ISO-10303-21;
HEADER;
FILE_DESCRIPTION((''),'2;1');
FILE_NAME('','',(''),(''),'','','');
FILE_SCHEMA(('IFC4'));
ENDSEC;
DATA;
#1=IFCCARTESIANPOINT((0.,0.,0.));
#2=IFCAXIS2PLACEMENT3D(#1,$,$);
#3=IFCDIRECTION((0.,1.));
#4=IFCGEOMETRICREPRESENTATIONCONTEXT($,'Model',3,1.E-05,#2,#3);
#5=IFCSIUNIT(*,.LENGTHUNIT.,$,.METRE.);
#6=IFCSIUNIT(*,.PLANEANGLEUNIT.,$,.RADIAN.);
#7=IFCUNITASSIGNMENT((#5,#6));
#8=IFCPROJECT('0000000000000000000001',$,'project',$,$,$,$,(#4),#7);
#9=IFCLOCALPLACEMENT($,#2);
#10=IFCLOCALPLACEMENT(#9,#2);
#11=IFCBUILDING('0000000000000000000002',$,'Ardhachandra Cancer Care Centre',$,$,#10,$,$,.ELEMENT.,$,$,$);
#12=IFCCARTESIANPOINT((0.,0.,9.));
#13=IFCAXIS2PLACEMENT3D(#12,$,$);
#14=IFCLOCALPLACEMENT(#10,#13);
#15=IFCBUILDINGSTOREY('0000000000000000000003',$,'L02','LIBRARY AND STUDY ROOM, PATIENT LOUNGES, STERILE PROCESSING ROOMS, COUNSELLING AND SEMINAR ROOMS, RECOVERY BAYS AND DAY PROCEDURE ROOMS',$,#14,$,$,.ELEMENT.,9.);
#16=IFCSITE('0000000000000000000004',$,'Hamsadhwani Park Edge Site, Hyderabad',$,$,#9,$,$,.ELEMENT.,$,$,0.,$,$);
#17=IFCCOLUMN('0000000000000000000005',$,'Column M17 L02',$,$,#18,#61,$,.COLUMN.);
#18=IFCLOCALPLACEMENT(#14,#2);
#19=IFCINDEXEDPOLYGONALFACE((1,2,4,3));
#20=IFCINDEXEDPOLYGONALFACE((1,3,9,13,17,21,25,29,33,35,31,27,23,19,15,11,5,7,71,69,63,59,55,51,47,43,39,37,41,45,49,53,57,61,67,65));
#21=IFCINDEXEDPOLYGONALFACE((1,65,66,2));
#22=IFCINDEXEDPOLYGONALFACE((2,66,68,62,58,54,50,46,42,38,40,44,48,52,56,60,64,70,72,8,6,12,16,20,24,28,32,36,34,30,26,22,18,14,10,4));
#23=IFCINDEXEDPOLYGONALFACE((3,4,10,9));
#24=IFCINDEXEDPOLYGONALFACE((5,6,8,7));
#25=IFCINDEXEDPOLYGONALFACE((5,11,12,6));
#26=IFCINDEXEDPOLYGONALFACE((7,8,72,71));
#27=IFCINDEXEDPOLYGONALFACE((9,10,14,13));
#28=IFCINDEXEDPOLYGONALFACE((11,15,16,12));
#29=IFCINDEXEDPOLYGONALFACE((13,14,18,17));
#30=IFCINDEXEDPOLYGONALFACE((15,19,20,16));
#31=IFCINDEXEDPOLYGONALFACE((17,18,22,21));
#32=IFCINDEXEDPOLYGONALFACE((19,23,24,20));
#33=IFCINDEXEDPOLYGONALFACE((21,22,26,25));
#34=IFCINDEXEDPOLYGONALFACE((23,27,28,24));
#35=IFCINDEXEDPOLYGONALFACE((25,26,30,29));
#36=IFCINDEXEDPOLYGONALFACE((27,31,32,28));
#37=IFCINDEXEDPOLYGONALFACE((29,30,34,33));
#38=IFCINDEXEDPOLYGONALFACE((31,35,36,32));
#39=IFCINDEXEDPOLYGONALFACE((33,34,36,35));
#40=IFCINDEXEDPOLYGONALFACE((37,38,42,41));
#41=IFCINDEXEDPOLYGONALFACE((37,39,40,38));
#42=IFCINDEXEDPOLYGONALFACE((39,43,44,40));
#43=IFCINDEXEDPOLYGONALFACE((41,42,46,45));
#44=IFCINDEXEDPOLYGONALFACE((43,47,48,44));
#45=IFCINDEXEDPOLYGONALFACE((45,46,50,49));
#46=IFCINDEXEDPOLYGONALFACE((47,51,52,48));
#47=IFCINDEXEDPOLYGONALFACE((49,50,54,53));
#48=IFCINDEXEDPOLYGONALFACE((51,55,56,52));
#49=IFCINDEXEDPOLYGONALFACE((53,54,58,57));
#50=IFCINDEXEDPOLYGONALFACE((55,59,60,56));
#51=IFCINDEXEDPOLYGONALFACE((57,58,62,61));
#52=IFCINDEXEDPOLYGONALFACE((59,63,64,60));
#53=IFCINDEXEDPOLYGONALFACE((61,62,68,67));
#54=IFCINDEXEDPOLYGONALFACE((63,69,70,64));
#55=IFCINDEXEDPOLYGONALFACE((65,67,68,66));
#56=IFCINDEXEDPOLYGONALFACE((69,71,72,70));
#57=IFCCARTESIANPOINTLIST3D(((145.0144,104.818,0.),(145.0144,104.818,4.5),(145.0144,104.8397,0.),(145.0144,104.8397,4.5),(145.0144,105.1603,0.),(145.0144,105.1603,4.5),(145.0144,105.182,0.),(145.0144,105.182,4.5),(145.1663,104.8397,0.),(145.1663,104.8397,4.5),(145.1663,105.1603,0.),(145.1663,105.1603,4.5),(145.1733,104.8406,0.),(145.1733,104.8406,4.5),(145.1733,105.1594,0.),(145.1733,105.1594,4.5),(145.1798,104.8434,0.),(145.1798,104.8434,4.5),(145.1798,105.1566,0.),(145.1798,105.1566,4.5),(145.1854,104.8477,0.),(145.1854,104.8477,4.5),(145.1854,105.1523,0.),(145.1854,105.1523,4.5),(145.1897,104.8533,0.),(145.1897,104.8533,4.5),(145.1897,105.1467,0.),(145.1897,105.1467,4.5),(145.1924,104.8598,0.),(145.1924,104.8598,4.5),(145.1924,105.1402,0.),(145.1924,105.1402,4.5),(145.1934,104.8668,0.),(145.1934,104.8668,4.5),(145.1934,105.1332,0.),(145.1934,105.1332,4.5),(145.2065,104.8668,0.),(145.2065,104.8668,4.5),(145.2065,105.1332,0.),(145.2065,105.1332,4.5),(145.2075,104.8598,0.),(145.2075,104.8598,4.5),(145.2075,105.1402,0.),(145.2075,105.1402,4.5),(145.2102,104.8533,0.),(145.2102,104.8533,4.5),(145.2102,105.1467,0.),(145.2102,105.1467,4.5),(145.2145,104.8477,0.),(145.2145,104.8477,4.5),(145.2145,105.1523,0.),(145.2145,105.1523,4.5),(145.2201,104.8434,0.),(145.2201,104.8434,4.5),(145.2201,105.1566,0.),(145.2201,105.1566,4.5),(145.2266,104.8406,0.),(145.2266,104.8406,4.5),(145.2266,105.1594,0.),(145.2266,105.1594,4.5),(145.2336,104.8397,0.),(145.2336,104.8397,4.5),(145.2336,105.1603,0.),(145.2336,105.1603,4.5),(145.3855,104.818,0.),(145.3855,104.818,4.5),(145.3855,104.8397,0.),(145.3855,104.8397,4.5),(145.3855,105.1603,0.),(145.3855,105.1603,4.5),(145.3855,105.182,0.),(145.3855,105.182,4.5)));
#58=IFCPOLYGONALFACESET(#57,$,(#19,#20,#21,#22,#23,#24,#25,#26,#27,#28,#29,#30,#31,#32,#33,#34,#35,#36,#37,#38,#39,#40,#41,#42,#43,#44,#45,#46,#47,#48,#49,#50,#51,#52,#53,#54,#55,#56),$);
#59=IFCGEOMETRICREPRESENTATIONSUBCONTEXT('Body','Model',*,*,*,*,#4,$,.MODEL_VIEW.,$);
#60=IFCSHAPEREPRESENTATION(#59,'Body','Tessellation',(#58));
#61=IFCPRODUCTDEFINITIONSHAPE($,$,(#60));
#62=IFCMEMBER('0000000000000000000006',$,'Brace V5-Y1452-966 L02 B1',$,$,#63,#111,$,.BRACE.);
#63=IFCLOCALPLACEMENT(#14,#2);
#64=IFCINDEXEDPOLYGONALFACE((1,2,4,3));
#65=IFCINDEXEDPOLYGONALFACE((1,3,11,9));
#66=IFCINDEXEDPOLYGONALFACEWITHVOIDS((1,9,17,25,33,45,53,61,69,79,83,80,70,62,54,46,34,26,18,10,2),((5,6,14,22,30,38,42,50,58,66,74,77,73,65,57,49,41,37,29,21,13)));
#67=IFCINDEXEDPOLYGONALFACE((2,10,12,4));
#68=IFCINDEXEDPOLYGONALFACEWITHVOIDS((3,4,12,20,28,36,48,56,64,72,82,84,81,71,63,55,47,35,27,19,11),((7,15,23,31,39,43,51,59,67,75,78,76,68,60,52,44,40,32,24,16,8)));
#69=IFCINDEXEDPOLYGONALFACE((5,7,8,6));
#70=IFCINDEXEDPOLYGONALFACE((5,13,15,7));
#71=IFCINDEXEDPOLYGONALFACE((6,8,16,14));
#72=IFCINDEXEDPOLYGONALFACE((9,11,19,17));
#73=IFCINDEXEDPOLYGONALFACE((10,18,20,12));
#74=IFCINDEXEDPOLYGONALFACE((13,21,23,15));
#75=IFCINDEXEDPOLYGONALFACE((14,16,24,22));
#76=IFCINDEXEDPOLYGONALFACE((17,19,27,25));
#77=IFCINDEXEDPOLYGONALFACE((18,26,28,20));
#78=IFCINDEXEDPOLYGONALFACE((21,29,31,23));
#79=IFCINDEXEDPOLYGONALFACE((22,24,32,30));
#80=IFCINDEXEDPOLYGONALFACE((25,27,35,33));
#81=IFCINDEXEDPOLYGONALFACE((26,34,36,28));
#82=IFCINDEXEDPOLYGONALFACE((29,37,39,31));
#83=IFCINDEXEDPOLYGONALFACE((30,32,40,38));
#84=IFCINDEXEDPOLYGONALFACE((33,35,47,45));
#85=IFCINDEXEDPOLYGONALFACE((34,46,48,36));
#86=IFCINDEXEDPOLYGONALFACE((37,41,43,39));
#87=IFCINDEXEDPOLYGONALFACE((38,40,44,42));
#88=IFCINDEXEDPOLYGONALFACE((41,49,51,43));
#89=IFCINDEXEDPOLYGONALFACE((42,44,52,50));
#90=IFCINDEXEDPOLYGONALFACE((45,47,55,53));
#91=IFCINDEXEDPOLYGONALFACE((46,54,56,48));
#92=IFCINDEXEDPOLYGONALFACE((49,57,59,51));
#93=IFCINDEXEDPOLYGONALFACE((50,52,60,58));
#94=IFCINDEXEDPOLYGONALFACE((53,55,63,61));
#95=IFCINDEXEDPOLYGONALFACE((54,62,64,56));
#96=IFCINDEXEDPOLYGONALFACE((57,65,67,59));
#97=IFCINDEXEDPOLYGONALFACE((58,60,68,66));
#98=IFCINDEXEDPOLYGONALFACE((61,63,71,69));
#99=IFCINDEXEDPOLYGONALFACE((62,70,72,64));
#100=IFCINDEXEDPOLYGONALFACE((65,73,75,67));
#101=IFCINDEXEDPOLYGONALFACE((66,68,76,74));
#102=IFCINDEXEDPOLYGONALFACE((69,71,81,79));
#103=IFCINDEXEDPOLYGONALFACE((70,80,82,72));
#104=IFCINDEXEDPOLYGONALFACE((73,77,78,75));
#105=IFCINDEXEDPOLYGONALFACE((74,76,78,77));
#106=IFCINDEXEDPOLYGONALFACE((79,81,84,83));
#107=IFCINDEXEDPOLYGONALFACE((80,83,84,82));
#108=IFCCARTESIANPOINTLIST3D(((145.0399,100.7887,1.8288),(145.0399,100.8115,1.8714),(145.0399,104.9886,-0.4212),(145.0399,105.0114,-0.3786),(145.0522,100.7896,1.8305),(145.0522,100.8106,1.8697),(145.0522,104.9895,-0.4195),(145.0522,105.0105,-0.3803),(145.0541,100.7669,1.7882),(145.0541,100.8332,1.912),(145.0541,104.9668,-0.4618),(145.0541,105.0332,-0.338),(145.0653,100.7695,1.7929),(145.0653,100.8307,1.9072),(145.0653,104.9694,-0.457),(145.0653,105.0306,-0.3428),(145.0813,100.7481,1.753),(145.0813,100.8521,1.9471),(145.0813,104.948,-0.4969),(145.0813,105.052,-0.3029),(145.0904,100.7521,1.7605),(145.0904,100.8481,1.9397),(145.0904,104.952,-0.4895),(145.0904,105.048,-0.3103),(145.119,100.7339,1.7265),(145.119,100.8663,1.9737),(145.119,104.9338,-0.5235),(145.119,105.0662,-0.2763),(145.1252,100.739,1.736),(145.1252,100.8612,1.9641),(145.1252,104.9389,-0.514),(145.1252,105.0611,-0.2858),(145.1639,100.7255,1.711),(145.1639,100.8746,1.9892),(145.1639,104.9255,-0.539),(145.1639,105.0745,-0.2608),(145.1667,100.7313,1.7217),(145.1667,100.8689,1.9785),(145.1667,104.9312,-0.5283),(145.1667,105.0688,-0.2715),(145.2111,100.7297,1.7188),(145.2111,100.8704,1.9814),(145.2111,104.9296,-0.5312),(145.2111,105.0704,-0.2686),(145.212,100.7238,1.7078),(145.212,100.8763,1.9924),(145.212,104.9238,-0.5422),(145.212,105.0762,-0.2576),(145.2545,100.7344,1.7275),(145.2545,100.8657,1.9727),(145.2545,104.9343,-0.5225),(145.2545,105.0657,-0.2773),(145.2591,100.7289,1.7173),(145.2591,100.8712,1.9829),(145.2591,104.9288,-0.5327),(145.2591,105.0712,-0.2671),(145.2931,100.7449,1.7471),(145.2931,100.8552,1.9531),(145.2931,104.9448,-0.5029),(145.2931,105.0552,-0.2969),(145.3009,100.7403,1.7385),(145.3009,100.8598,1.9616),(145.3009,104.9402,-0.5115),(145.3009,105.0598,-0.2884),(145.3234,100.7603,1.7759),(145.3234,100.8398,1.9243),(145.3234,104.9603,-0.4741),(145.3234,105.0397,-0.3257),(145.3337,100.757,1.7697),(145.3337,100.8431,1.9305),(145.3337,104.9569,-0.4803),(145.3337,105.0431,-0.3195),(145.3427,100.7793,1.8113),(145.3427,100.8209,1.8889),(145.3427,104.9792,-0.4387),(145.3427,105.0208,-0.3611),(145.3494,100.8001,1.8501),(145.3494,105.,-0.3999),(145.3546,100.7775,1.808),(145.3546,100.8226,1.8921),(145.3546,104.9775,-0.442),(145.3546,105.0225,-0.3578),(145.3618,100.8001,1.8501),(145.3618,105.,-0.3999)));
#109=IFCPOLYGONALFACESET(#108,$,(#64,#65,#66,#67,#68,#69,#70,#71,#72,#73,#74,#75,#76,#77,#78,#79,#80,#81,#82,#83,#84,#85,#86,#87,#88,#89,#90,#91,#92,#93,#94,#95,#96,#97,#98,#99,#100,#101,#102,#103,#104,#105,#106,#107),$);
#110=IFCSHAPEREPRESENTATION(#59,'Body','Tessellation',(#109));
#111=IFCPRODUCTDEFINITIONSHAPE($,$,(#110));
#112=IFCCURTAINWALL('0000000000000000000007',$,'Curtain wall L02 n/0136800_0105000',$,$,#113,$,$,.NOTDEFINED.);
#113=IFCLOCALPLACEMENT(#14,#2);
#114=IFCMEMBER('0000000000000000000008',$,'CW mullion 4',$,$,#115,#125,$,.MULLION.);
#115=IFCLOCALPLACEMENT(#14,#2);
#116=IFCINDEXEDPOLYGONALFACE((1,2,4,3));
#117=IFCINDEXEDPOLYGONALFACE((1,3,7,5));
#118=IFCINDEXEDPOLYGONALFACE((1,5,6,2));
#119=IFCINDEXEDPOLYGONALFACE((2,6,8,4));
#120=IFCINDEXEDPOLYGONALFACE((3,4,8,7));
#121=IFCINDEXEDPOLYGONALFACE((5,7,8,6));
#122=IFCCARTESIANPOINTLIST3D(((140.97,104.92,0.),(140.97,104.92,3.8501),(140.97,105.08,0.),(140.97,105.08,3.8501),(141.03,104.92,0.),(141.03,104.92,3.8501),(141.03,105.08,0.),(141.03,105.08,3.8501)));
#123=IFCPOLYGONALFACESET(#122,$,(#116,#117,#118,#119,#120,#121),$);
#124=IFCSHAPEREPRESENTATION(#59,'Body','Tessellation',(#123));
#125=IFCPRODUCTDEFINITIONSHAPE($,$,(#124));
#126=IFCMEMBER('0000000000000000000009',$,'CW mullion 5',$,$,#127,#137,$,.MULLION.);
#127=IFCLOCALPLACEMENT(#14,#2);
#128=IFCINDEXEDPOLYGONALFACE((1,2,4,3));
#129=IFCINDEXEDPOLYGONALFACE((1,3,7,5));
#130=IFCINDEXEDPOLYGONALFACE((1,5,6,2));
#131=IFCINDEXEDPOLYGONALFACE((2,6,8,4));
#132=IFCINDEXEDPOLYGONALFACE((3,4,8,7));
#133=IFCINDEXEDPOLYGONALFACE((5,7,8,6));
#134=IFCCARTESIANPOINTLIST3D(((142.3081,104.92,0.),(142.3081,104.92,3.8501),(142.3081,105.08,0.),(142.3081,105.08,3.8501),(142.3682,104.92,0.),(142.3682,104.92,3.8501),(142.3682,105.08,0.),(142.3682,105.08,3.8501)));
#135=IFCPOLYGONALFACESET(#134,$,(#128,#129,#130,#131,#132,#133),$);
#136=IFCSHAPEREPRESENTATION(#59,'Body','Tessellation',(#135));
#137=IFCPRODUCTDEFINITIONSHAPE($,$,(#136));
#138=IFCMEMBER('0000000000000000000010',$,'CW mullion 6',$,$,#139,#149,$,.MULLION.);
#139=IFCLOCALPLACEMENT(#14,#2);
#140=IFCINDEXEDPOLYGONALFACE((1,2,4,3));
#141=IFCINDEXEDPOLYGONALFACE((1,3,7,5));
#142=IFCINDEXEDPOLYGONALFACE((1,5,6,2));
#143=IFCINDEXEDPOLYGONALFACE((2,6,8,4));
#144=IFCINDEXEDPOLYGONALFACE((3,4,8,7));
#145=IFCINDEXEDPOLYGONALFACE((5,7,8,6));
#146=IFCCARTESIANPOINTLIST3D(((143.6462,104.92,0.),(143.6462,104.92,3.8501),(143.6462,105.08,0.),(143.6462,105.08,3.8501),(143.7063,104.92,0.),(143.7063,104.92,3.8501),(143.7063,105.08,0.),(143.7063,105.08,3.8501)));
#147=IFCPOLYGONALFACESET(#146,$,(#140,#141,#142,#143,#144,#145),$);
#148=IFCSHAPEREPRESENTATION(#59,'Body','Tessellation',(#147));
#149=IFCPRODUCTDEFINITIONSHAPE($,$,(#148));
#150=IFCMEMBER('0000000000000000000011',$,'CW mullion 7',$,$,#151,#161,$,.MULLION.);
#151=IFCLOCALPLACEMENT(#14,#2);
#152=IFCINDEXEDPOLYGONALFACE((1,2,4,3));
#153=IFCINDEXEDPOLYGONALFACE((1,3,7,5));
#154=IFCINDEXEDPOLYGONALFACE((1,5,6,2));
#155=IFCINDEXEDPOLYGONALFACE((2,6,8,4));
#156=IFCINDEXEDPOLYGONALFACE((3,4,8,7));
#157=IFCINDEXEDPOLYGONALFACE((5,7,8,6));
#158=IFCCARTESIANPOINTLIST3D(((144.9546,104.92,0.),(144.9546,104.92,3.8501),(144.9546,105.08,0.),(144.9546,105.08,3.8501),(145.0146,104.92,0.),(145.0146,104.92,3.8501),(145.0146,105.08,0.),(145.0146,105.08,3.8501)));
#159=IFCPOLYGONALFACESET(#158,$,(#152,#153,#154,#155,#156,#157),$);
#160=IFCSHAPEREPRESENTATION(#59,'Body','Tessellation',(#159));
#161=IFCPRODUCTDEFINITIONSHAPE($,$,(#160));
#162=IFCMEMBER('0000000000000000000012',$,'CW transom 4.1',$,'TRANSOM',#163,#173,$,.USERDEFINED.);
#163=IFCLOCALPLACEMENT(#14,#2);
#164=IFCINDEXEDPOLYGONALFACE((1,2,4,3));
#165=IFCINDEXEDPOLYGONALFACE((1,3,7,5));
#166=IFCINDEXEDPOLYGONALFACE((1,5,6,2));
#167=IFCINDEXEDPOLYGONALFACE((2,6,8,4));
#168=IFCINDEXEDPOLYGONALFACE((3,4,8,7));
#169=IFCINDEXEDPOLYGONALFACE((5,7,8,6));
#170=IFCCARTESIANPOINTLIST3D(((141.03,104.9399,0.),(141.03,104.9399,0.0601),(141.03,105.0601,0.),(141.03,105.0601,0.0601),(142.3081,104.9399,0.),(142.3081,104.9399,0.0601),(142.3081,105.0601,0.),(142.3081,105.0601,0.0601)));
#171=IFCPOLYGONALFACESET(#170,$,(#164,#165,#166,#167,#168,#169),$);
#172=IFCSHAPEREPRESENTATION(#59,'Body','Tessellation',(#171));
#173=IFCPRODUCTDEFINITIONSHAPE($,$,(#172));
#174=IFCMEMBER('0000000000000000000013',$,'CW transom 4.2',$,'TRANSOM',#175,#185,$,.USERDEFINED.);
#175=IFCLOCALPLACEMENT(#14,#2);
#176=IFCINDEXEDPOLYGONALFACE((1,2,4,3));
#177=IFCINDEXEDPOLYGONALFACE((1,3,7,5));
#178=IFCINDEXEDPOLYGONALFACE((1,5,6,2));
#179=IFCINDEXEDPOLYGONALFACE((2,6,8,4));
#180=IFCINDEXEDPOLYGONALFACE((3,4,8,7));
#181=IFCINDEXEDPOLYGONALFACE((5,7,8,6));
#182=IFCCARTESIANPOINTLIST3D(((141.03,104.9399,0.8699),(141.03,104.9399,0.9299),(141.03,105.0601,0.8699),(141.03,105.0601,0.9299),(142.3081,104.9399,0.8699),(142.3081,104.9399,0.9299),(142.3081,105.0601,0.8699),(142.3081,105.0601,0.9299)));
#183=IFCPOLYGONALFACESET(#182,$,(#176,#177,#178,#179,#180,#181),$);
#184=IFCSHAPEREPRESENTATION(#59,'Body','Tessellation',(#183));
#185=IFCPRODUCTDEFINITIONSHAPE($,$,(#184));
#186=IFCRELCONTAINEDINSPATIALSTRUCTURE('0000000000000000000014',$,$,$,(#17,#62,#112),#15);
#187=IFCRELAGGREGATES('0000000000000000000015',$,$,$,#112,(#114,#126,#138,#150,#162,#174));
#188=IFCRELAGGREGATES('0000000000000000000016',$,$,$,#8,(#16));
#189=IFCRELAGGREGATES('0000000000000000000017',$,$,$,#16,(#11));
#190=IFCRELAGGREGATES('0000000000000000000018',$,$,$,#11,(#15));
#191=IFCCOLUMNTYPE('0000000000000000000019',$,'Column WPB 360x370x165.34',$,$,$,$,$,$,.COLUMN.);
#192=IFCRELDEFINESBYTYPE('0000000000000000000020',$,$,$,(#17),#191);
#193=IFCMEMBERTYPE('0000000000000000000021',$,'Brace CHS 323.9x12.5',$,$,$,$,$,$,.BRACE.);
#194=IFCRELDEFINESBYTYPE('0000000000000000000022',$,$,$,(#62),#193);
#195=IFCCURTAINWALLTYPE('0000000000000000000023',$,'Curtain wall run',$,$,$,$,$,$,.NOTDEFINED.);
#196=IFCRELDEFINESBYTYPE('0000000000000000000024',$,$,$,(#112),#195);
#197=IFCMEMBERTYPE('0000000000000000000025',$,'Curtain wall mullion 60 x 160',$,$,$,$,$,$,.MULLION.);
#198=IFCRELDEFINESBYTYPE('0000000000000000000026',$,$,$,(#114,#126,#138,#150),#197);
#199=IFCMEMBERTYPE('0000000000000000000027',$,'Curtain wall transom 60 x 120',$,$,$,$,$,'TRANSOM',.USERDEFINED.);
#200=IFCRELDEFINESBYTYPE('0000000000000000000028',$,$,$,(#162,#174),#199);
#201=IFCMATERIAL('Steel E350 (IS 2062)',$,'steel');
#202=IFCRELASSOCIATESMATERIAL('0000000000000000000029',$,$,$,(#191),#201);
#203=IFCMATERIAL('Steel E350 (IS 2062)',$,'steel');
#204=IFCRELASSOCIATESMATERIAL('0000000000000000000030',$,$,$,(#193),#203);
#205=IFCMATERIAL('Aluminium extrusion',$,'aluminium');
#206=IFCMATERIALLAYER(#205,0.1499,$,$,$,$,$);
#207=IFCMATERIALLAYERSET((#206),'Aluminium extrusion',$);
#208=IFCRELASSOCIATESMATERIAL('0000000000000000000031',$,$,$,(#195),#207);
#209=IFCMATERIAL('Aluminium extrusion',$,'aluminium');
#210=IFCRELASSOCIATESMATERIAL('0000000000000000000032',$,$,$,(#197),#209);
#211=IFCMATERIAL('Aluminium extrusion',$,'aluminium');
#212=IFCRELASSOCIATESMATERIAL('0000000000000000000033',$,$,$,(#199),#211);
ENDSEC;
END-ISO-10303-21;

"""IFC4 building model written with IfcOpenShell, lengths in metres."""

from ifc_helpers import new_model, si_unit, direction, frame, origin, origin_2d, place, context, subcontext, project, spatial, rectangle, hollow_circle, i_section, extrude, material, layer, layer_set, material_profile, profile_set, type_object, element, aggregate, save


model = new_model("IFC4")

# Units and contexts
model_context = context("Model", 3, precision=1e-05, world=origin(), true_north=direction((0.0, 1.0)))
body_context = subcontext(model_context, "Body", "Model", "MODEL_VIEW")
ifc_project = project(units=[si_unit("LENGTHUNIT", "METRE"), si_unit("PLANEANGLEUNIT", "RADIAN")], contexts=[model_context])

# Site, building, storey
site_placement = place(None, origin())
site = spatial("IfcSite", under=ifc_project, at=site_placement, Name="Hamsadhwani Park Edge Site, Hyderabad", CompositionType="ELEMENT", RefElevation=0.0)
building_placement = place(site_placement, origin())
building = spatial("IfcBuilding", under=site, at=building_placement, Name="Ardhachandra Cancer Care Centre", CompositionType="ELEMENT")
storey_placement = place(building_placement, frame((0.0, 0.0, 9.0)))
storey = spatial("IfcBuildingStorey", under=building, at=storey_placement, Name="L02", Description="LIBRARY AND STUDY ROOM, PATIENT LOUNGES, STERILE PROCESSING ROOMS, COUNSELLING AND SEMINAR ROOMS, RECOVERY BAYS AND DAY PROCEDURE ROOMS", CompositionType="ELEMENT", Elevation=9.0)

# Column
ifc_material_1 = material(Name="Steel E350 (IS 2062)", Category="steel")
ifc_material_profile_1 = material_profile(ifc_material_1, i_section(OverallWidth=0.3711, OverallDepth=0.364, WebThickness=0.0132, FlangeThickness=0.0217, FilletRadius=0.0271, at=origin_2d()), Name="WPB 360x370x165.34")
ifc_profile_set_1 = profile_set([ifc_material_profile_1], Name="Steel E350 (IS 2062)")
column_type = type_object("IfcColumnType", Name="Column WPB 360x370x165.34", PredefinedType="COLUMN", material=ifc_profile_set_1)
column_placement = place(storey_placement, frame((145.2, 105.0, 0.0), z_axis=(0.0, 0.0, 1.0), x_axis=(1.0, 0.0, 0.0)))
element("IfcColumn", 1, at=column_placement, inside=storey, type_object=column_type, Name="Column M17 L02", PredefinedType="COLUMN", context=body_context, shape_type="SweptSolid", body=[
    extrude(i_section(OverallWidth=0.3711, OverallDepth=0.364, WebThickness=0.0132, FlangeThickness=0.0217, FilletRadius=0.0271, at=origin_2d()), origin(), (0.0, 0.0, 1.0), 4.5),
])

# Member
ifc_material_2 = material(Name="Steel E350 (IS 2062)", Category="steel")
ifc_material_profile_2 = material_profile(ifc_material_2, hollow_circle(Radius=0.1619, WallThickness=0.0125, at=origin_2d()), Name="CHS 323.9x12.5")
ifc_profile_set_2 = profile_set([ifc_material_profile_2], Name="Steel E350 (IS 2062)")
member_type_1 = type_object("IfcMemberType", Name="Brace CHS 323.9x12.5", PredefinedType="BRACE", material=ifc_profile_set_2)
member_1_placement = place(storey_placement, frame((145.2, 105.0, -0.3999), z_axis=(0.0, -0.881478, 0.472226), x_axis=(1.0, 0.0, 0.0)))
element("IfcMember", 2, at=member_1_placement, inside=storey, type_object=member_type_1, Name="Brace V5-Y1452-966 L02 B1", PredefinedType="BRACE", context=body_context, shape_type="SweptSolid", body=[
    extrude(hollow_circle(Radius=0.1619, WallThickness=0.0125, at=origin_2d()), origin(), (0.0, 0.0, 1.0), 4.7646),
])

# Curtain wall, members
ifc_material_3 = material(Name="Aluminium extrusion", Category="aluminium")
ifc_layer_1 = layer(ifc_material_3, 0.1499)
ifc_layer_set_1 = layer_set([ifc_layer_1], Name="Aluminium extrusion")
curtain_wall_type = type_object("IfcCurtainWallType", Name="Curtain wall run", PredefinedType="NOTDEFINED", material=ifc_layer_set_1)
curtain_wall_placement = place(storey_placement, origin())
curtain_wall = element("IfcCurtainWall", 3, at=curtain_wall_placement, inside=storey, type_object=curtain_wall_type, Name="Curtain wall L02 n/0136800_0105000", PredefinedType="NOTDEFINED")
ifc_material_4 = material(Name="Aluminium extrusion", Category="aluminium")
ifc_material_profile_3 = material_profile(ifc_material_4, rectangle(XDim=0.1599, YDim=0.0601, at=origin_2d()), Name="Curtain wall mullion 60 x 160")
ifc_profile_set_3 = profile_set([ifc_material_profile_3], Name="Aluminium extrusion")
member_type_2 = type_object("IfcMemberType", Name="Curtain wall mullion 60 x 160", PredefinedType="MULLION", material=ifc_profile_set_3)
member_2_placement = place(storey_placement, frame((141.0, 105.0, 0.0), z_axis=(0.0, 0.0, 1.0), x_axis=(0.0, 1.0, 0.0)))
member_2 = element("IfcMember", 4, at=member_2_placement, type_object=member_type_2, Name="CW mullion 4", PredefinedType="MULLION", context=body_context, shape_type="SweptSolid", body=[
    extrude(rectangle(XDim=0.1599, YDim=0.0601, at=origin_2d()), origin(), (0.0, 0.0, 1.0), 3.8501),
])
member_3_placement = place(storey_placement, frame((142.3381, 105.0, 0.0), z_axis=(0.0, 0.0, 1.0), x_axis=(0.0, 1.0, 0.0)))
member_3 = element("IfcMember", 5, at=member_3_placement, type_object=member_type_2, Name="CW mullion 5", PredefinedType="MULLION", context=body_context, shape_type="SweptSolid", body=[
    extrude(rectangle(XDim=0.1599, YDim=0.0601, at=origin_2d()), origin(), (0.0, 0.0, 1.0), 3.8501),
])
member_4_placement = place(storey_placement, frame((143.6763, 105.0, 0.0), z_axis=(0.0, 0.0, 1.0), x_axis=(0.0, 1.0, 0.0)))
member_4 = element("IfcMember", 6, at=member_4_placement, type_object=member_type_2, Name="CW mullion 6", PredefinedType="MULLION", context=body_context, shape_type="SweptSolid", body=[
    extrude(rectangle(XDim=0.1599, YDim=0.0601, at=origin_2d()), origin(), (0.0, 0.0, 1.0), 3.8501),
])
member_5_placement = place(storey_placement, frame((144.9846, 105.0, 0.0), z_axis=(0.0, 0.0, 1.0), x_axis=(0.0, 1.0, 0.0)))
member_5 = element("IfcMember", 7, at=member_5_placement, type_object=member_type_2, Name="CW mullion 7", PredefinedType="MULLION", context=body_context, shape_type="SweptSolid", body=[
    extrude(rectangle(XDim=0.1599, YDim=0.0601, at=origin_2d()), origin(), (0.0, 0.0, 1.0), 3.8501),
])
ifc_material_5 = material(Name="Aluminium extrusion", Category="aluminium")
ifc_material_profile_4 = material_profile(ifc_material_5, rectangle(XDim=0.1201, YDim=0.0601, at=origin_2d()), Name="Curtain wall transom 60 x 120")
ifc_profile_set_4 = profile_set([ifc_material_profile_4], Name="Aluminium extrusion")
member_type_3 = type_object("IfcMemberType", Name="Curtain wall transom 60 x 120", ElementType="TRANSOM", PredefinedType="USERDEFINED", material=ifc_profile_set_4)
member_6_placement = place(storey_placement, frame((141.03, 105.0, 0.03), z_axis=(1.0, 0.0, 0.0), x_axis=(0.0, 1.0, 0.0)))
member_6 = element("IfcMember", 8, at=member_6_placement, type_object=member_type_3, Name="CW transom 4.1", ObjectType="TRANSOM", PredefinedType="USERDEFINED", context=body_context, shape_type="SweptSolid", body=[
    extrude(rectangle(XDim=0.1201, YDim=0.0601, at=origin_2d()), origin(), (0.0, 0.0, 1.0), 1.2781),
])
member_7_placement = place(storey_placement, frame((141.03, 105.0, 0.8999), z_axis=(1.0, 0.0, 0.0), x_axis=(0.0, 1.0, 0.0)))
member_7 = element("IfcMember", 9, at=member_7_placement, type_object=member_type_3, Name="CW transom 4.2", ObjectType="TRANSOM", PredefinedType="USERDEFINED", context=body_context, shape_type="SweptSolid", body=[
    extrude(rectangle(XDim=0.1201, YDim=0.0601, at=origin_2d()), origin(), (0.0, 0.0, 1.0), 1.2781),
])
aggregate(curtain_wall, [member_2, member_3, member_4, member_5, member_6, member_7])

save(model, "model.ifc")
